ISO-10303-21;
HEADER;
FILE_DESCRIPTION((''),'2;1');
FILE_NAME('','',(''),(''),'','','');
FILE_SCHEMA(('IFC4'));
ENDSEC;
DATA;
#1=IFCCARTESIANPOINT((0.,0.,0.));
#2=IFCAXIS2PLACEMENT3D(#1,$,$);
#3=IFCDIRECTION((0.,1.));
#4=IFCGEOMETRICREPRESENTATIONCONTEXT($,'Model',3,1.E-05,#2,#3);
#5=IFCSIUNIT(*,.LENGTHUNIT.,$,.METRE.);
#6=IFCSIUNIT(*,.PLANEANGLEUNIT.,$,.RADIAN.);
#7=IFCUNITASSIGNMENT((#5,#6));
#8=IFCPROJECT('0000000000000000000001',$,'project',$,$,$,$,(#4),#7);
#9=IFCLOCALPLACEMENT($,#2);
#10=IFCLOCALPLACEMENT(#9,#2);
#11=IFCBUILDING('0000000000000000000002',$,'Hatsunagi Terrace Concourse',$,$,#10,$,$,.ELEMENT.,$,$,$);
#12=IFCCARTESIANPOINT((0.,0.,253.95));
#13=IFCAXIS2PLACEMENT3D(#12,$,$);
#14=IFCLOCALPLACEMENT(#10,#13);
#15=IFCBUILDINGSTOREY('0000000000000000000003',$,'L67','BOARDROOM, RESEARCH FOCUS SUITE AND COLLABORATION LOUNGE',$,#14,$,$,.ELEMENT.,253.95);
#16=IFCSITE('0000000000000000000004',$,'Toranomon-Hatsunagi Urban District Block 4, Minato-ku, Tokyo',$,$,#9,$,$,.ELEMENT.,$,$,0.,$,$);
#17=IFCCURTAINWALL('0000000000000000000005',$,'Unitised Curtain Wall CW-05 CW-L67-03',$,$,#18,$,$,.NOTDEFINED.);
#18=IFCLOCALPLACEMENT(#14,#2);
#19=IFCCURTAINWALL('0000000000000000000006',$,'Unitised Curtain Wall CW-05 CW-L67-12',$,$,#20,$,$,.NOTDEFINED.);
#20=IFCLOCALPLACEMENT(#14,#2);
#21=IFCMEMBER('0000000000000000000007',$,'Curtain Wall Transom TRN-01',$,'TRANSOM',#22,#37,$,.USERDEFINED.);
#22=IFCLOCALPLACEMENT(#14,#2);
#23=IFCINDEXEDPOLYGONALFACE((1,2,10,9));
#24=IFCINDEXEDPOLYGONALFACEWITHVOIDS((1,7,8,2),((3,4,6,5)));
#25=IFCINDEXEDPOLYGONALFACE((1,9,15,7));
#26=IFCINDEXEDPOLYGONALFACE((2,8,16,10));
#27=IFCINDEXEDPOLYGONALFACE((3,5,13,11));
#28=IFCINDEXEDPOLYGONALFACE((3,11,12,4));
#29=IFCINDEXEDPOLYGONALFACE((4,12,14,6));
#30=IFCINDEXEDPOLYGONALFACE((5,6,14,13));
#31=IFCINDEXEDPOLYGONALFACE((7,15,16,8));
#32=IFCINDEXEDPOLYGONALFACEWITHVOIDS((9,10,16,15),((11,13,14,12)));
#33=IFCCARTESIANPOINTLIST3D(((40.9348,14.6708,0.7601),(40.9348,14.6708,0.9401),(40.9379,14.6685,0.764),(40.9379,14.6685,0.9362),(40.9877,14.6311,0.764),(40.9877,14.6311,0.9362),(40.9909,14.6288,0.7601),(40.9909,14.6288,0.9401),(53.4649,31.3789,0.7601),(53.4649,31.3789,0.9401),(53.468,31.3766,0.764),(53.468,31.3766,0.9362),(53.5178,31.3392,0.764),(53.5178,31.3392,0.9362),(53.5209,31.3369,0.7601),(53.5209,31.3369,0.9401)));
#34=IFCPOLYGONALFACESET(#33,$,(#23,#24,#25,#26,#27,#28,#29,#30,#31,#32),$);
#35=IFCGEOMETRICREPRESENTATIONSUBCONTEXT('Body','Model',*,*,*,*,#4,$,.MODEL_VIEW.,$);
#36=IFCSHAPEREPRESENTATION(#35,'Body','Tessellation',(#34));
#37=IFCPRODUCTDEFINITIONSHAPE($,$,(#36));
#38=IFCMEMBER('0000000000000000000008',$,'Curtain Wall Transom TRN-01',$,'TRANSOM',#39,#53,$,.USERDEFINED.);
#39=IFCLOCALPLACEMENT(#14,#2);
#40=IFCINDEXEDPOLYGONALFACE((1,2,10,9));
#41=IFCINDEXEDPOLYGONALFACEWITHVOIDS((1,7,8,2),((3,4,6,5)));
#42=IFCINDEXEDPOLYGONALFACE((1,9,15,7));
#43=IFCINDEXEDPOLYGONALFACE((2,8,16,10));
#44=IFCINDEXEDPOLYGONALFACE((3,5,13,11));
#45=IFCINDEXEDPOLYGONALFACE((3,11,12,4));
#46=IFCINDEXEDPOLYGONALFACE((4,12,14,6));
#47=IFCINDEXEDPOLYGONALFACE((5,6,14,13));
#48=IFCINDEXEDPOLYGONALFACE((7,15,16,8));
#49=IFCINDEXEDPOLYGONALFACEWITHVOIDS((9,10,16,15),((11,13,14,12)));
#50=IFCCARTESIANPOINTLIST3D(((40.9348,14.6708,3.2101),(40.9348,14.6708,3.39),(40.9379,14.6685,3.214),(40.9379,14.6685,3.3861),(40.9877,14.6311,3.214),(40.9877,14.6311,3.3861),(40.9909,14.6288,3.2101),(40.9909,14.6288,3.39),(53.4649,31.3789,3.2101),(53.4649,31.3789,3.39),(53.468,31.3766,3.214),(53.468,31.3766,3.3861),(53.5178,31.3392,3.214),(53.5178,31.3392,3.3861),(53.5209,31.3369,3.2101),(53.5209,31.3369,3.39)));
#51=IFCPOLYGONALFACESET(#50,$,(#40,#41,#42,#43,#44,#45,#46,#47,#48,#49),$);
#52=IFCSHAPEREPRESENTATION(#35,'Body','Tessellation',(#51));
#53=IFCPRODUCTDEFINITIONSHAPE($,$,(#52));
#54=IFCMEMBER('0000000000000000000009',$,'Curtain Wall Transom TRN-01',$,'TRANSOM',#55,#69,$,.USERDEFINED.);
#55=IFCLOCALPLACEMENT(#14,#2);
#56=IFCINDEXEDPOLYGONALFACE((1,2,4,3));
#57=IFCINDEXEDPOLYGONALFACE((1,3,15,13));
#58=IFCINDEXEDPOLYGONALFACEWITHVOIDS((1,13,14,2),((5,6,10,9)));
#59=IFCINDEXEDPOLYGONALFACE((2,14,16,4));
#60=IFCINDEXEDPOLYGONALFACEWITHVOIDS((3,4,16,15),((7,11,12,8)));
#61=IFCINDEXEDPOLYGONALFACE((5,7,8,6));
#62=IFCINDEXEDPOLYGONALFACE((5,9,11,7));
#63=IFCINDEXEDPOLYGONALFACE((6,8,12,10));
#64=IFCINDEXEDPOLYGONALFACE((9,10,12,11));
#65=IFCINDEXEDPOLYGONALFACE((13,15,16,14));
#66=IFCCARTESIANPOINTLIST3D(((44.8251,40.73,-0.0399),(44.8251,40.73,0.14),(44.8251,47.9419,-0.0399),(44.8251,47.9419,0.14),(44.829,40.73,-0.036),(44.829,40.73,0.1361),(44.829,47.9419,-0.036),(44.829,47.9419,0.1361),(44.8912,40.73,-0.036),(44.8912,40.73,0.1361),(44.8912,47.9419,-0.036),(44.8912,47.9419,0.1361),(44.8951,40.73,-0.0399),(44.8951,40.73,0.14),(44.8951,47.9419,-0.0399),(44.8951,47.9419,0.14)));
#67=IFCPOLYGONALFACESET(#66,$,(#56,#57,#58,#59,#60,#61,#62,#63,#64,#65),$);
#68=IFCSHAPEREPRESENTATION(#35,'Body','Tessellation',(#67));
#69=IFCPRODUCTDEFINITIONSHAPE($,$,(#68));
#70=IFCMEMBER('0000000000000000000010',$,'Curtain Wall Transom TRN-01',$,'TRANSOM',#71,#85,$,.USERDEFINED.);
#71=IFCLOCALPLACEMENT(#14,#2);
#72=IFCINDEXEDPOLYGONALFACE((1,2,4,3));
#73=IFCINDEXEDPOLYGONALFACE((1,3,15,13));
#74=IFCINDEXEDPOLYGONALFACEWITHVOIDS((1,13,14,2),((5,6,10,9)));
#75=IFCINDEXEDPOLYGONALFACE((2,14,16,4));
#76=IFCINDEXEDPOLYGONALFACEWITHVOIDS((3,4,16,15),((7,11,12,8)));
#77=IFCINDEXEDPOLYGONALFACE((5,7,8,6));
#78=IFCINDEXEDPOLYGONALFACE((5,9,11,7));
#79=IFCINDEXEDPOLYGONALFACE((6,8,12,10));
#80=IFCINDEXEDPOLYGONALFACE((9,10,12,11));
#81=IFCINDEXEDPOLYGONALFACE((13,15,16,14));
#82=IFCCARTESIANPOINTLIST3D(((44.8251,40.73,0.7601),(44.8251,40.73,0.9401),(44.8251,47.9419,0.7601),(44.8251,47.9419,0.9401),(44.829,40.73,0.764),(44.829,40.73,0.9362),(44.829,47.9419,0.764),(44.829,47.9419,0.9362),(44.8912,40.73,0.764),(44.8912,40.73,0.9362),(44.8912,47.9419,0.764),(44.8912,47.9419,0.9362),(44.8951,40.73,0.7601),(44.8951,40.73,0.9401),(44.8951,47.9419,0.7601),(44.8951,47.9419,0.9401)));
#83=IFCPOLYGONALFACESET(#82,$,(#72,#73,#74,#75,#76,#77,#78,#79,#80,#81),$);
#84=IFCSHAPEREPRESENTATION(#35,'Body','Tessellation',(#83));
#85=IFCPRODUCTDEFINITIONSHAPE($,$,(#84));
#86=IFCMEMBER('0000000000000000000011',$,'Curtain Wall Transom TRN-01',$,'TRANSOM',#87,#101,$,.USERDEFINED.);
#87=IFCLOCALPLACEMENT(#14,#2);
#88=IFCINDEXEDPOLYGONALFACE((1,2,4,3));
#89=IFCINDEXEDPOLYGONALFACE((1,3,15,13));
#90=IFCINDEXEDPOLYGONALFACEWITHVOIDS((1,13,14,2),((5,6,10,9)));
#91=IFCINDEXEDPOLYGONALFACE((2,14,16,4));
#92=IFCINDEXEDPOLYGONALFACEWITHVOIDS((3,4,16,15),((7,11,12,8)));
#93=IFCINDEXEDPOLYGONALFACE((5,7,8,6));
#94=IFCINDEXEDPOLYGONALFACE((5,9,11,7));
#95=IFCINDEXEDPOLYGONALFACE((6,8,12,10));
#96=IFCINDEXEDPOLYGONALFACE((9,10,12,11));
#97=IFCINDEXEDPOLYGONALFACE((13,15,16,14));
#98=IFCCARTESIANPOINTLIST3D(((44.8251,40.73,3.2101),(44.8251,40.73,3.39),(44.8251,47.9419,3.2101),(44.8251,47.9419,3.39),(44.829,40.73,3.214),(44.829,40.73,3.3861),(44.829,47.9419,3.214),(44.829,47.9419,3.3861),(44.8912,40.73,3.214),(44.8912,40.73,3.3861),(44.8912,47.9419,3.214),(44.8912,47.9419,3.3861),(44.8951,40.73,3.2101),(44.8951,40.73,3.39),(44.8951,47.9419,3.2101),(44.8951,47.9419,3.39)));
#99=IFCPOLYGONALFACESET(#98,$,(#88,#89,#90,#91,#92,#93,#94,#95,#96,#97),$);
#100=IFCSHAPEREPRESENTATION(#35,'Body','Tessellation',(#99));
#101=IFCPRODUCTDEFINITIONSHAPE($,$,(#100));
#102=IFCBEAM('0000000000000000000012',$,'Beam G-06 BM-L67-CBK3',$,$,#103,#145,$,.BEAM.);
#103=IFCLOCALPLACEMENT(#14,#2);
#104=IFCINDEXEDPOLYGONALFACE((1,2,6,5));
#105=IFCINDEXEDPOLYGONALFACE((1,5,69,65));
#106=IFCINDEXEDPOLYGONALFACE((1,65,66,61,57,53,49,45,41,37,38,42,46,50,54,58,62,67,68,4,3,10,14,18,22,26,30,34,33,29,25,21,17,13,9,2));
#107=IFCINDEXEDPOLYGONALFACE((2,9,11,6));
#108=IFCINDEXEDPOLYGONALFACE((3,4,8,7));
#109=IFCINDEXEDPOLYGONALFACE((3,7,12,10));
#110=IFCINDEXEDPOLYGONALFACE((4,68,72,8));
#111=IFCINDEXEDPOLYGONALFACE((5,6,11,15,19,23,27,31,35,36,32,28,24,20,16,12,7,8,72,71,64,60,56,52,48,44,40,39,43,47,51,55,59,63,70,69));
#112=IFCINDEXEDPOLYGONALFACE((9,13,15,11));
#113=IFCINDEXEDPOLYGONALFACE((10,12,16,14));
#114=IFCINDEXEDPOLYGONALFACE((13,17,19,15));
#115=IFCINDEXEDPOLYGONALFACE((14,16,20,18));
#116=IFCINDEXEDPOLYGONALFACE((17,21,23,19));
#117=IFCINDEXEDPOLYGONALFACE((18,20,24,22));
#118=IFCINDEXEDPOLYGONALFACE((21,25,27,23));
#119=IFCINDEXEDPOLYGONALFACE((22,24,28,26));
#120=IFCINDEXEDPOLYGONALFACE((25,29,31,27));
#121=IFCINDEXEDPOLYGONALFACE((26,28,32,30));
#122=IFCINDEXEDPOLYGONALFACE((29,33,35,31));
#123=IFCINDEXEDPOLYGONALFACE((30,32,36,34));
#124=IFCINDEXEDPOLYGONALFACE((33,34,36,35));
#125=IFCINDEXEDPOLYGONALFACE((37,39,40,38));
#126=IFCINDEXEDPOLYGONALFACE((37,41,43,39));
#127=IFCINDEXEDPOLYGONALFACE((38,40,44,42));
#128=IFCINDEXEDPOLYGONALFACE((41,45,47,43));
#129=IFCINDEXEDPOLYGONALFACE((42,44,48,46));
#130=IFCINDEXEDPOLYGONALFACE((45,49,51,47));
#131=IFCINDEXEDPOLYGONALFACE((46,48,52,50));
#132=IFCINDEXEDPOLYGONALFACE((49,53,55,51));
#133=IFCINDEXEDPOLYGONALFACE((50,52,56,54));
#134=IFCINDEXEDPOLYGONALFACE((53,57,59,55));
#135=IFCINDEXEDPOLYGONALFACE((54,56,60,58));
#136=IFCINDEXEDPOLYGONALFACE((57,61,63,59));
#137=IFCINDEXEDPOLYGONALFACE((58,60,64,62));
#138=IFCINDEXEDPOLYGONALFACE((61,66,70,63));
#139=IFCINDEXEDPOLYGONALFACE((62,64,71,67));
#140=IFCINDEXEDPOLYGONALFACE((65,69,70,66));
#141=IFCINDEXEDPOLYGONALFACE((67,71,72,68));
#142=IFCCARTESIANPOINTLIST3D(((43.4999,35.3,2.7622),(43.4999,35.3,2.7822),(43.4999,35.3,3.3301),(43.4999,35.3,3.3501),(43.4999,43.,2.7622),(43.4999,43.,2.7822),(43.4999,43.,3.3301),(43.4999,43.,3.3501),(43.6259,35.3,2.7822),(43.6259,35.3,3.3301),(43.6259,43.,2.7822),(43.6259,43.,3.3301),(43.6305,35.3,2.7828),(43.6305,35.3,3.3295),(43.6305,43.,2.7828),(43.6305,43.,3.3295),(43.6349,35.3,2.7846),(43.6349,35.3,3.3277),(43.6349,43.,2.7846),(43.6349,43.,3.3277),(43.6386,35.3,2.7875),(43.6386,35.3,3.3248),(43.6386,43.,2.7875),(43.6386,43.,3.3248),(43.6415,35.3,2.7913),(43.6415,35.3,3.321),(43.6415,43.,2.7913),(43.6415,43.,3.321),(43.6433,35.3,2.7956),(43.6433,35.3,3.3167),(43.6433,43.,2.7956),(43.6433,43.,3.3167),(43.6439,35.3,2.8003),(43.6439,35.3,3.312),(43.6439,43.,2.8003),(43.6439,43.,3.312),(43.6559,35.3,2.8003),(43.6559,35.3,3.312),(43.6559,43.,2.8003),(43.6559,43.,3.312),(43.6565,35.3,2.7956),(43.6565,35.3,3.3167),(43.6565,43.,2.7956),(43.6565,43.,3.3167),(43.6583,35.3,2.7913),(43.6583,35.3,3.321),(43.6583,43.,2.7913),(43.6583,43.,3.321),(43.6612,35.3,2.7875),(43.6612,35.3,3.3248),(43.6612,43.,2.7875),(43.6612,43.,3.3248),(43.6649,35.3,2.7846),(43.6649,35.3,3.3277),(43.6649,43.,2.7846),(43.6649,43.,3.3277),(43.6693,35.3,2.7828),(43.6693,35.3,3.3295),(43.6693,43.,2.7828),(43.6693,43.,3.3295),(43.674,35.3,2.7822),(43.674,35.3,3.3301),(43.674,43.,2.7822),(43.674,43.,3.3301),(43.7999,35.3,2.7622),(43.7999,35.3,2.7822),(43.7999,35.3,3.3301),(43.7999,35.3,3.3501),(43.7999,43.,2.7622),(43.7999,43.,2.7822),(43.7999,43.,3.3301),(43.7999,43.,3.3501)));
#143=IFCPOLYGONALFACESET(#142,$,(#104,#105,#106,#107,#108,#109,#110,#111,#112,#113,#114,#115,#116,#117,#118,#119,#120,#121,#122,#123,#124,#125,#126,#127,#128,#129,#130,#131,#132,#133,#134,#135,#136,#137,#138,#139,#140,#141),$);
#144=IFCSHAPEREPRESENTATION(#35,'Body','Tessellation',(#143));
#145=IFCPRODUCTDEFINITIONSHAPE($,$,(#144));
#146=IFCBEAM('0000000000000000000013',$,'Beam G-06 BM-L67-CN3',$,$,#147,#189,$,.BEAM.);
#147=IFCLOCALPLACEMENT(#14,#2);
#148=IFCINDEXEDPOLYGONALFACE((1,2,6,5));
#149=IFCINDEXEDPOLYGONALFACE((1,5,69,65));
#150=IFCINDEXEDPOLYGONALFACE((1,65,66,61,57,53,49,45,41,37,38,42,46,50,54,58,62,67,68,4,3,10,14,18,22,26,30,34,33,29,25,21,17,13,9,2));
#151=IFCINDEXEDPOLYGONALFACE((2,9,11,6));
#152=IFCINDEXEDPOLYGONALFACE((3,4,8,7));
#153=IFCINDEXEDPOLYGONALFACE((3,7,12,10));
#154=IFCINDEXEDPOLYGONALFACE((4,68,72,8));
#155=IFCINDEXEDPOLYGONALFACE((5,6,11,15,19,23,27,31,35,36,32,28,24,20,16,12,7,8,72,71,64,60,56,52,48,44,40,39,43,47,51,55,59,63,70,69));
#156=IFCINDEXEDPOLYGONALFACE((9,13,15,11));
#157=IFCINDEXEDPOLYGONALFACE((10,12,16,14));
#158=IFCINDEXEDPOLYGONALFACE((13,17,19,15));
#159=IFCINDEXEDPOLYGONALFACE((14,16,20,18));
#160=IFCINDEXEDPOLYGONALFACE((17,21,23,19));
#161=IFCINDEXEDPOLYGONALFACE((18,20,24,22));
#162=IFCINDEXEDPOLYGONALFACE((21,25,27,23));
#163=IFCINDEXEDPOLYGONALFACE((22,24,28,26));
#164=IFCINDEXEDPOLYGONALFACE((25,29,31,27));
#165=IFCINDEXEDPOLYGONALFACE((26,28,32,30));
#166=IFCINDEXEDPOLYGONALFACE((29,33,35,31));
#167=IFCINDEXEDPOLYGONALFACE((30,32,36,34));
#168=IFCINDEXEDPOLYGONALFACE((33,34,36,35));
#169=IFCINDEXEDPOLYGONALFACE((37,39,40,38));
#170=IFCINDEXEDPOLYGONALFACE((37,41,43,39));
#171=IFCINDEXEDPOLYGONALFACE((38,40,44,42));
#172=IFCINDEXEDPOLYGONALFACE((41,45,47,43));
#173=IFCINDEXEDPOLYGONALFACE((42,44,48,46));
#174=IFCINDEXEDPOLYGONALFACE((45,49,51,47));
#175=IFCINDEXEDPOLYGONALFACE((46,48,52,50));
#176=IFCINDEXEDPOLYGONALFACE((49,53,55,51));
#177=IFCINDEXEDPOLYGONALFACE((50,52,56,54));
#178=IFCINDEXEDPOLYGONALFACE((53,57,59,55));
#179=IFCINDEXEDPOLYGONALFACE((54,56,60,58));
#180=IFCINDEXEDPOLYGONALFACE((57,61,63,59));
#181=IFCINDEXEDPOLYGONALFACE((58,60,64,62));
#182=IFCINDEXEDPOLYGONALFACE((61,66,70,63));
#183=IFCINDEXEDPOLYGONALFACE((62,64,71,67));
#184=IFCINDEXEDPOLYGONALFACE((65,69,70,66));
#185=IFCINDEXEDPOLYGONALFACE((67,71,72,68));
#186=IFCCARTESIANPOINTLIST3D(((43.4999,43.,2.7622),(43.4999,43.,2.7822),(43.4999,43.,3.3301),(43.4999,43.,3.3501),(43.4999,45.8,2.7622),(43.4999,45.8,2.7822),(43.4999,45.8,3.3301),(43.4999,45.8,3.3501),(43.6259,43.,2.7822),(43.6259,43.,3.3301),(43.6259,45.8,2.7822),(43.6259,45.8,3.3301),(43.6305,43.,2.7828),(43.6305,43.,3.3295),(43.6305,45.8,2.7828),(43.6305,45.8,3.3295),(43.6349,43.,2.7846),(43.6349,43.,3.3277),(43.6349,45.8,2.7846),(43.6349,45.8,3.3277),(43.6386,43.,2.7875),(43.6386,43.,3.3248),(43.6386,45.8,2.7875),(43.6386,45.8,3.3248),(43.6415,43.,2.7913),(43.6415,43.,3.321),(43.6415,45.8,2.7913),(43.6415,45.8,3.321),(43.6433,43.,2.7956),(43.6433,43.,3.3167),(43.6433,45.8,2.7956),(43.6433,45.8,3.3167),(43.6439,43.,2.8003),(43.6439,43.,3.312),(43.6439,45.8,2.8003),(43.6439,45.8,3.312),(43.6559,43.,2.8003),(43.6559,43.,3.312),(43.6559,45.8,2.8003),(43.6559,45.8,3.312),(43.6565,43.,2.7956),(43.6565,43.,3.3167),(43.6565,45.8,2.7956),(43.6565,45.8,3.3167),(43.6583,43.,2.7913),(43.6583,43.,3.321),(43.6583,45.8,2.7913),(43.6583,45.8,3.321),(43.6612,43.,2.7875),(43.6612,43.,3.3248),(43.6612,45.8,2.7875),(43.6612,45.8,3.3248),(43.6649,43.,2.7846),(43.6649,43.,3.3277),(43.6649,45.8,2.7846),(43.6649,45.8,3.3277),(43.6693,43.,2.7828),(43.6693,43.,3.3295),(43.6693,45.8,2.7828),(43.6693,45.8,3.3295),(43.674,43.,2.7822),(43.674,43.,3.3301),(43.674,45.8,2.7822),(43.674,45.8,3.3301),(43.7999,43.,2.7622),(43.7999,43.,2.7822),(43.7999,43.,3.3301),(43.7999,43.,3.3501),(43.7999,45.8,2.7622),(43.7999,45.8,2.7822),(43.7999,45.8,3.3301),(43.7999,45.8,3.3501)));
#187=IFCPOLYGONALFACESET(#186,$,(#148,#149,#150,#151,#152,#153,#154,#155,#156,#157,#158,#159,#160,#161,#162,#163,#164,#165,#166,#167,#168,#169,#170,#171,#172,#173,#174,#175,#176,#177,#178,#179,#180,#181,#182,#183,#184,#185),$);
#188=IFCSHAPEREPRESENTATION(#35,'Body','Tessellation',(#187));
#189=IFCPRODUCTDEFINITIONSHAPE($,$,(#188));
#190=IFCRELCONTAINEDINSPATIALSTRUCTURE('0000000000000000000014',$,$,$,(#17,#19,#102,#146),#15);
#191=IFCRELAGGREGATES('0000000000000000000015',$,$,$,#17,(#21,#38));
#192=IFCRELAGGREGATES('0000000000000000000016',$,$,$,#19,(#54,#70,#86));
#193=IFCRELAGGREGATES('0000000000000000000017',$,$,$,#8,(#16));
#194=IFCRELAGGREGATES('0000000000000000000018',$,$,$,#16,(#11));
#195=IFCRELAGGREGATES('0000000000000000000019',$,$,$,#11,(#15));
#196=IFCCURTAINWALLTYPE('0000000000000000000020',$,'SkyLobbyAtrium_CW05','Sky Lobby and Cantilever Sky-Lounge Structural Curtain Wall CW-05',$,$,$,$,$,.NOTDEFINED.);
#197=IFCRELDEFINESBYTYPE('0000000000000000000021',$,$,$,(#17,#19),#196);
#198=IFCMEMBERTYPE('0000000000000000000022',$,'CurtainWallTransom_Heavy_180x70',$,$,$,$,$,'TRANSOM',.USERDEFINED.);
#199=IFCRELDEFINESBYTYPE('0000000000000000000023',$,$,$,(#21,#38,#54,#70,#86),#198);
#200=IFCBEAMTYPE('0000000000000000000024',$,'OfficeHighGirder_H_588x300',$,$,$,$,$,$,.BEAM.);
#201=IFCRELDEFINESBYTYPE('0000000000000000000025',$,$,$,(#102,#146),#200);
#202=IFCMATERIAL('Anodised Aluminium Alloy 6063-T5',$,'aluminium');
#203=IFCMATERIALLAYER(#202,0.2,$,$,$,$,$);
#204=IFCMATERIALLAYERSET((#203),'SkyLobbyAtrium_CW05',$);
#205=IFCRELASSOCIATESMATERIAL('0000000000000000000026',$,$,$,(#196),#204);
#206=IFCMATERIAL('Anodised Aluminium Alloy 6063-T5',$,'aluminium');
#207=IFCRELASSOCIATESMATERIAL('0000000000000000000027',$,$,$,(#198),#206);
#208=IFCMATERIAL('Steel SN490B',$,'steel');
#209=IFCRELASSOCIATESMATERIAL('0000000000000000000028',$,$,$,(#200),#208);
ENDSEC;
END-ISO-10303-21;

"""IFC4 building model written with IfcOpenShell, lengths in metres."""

from ifc_helpers import new_model, si_unit, direction, frame, origin, origin_2d, place, context, subcontext, project, spatial, hollow_rectangle, i_section, extrude, material, layer, layer_set, material_profile, profile_set, type_object, element, aggregate, save


model = new_model("IFC4")

# Units and contexts
model_context = context("Model", 3, precision=1e-05, world=origin(), true_north=direction((0.0, 1.0)))
body_context = subcontext(model_context, "Body", "Model", "MODEL_VIEW")
ifc_project = project(units=[si_unit("LENGTHUNIT", "METRE"), si_unit("PLANEANGLEUNIT", "RADIAN")], contexts=[model_context])

# Site, building, storey
site_placement = place(None, origin())
site = spatial("IfcSite", under=ifc_project, at=site_placement, Name="Toranomon-Hatsunagi Urban District Block 4, Minato-ku, Tokyo", CompositionType="ELEMENT", RefElevation=0.0)
building_placement = place(site_placement, origin())
building = spatial("IfcBuilding", under=site, at=building_placement, Name="Hatsunagi Terrace Concourse", CompositionType="ELEMENT")
storey_placement = place(building_placement, frame((0.0, 0.0, 253.95)))
storey = spatial("IfcBuildingStorey", under=building, at=storey_placement, Name="L67", Description="BOARDROOM, RESEARCH FOCUS SUITE AND COLLABORATION LOUNGE", CompositionType="ELEMENT", Elevation=253.95)

# Curtain wall
ifc_material_1 = material(Name="Anodised Aluminium Alloy 6063-T5", Category="aluminium")
ifc_layer_1 = layer(ifc_material_1, 0.2)
ifc_layer_set_1 = layer_set([ifc_layer_1], Name="SkyLobbyAtrium_CW05")
curtain_wall_type = type_object("IfcCurtainWallType", Name="SkyLobbyAtrium_CW05", Description="Sky Lobby and Cantilever Sky-Lounge Structural Curtain Wall CW-05", PredefinedType="NOTDEFINED", material=ifc_layer_set_1)
curtain_wall_1_placement = place(storey_placement, origin())
curtain_wall_1 = element("IfcCurtainWall", 1, at=curtain_wall_1_placement, inside=storey, type_object=curtain_wall_type, Name="Unitised Curtain Wall CW-05 CW-L67-03", PredefinedType="NOTDEFINED")

# Curtain wall
curtain_wall_2_placement = place(storey_placement, origin())
curtain_wall_2 = element("IfcCurtainWall", 2, at=curtain_wall_2_placement, inside=storey, type_object=curtain_wall_type, Name="Unitised Curtain Wall CW-05 CW-L67-12", PredefinedType="NOTDEFINED")

# Members
ifc_material_2 = material(Name="Anodised Aluminium Alloy 6063-T5", Category="aluminium")
ifc_material_profile_1 = material_profile(ifc_material_2, hollow_rectangle(XDim=0.0701, YDim=0.1799, WallThickness=0.0039, at=origin_2d()), Name="ALU-TRN-180x70x4")
ifc_profile_set_1 = profile_set([ifc_material_profile_1], Name="Anodised Aluminium Alloy 6063-T5")
member_type_1 = type_object("IfcMemberType", Name="CurtainWallTransom_Heavy_180x70", ElementType="TRANSOM", PredefinedType="USERDEFINED", material=ifc_profile_set_1)
member_1_placement = place(storey_placement, frame((53.4929, 31.3579, 0.8501), z_axis=(-0.59997, -0.800022, 0.0), x_axis=(0.800022, -0.59997, 0.0)))
member_1 = element("IfcMember", 3, at=member_1_placement, type_object=member_type_1, Name="Curtain Wall Transom TRN-01", ObjectType="TRANSOM", PredefinedType="USERDEFINED", context=body_context, shape_type="SweptSolid", body=[
    extrude(hollow_rectangle(XDim=0.0701, YDim=0.1799, WallThickness=0.0039, at=origin_2d()), origin(), (0.0, 0.0, 1.0), 20.8845),
])
member_2_placement = place(storey_placement, frame((53.4929, 31.3579, 3.3), z_axis=(-0.59997, -0.800022, 0.0), x_axis=(0.800022, -0.59997, 0.0)))
member_2 = element("IfcMember", 4, at=member_2_placement, type_object=member_type_1, Name="Curtain Wall Transom TRN-01", ObjectType="TRANSOM", PredefinedType="USERDEFINED", context=body_context, shape_type="SweptSolid", body=[
    extrude(hollow_rectangle(XDim=0.0701, YDim=0.1799, WallThickness=0.0039, at=origin_2d()), origin(), (0.0, 0.0, 1.0), 20.8845),
])
member_3_placement = place(storey_placement, frame((44.8601, 47.9419, 0.05), z_axis=(0.0, -1.0, 0.0), x_axis=(1.0, 0.0, 0.0)))
member_3 = element("IfcMember", 5, at=member_3_placement, type_object=member_type_1, Name="Curtain Wall Transom TRN-01", ObjectType="TRANSOM", PredefinedType="USERDEFINED", context=body_context, shape_type="SweptSolid", body=[
    extrude(hollow_rectangle(XDim=0.0701, YDim=0.1799, WallThickness=0.0039, at=origin_2d()), origin(), (0.0, 0.0, 1.0), 7.2119),
])
member_4_placement = place(storey_placement, frame((44.8601, 47.9419, 0.8501), z_axis=(0.0, -1.0, 0.0), x_axis=(1.0, 0.0, 0.0)))
member_4 = element("IfcMember", 6, at=member_4_placement, type_object=member_type_1, Name="Curtain Wall Transom TRN-01", ObjectType="TRANSOM", PredefinedType="USERDEFINED", context=body_context, shape_type="SweptSolid", body=[
    extrude(hollow_rectangle(XDim=0.0701, YDim=0.1799, WallThickness=0.0039, at=origin_2d()), origin(), (0.0, 0.0, 1.0), 7.2119),
])
member_5_placement = place(storey_placement, frame((44.8601, 47.9419, 3.3), z_axis=(0.0, -1.0, 0.0), x_axis=(1.0, 0.0, 0.0)))
member_5 = element("IfcMember", 7, at=member_5_placement, type_object=member_type_1, Name="Curtain Wall Transom TRN-01", ObjectType="TRANSOM", PredefinedType="USERDEFINED", context=body_context, shape_type="SweptSolid", body=[
    extrude(hollow_rectangle(XDim=0.0701, YDim=0.1799, WallThickness=0.0039, at=origin_2d()), origin(), (0.0, 0.0, 1.0), 7.2119),
])

# Beams
ifc_material_3 = material(Name="Steel SN490B", Category="steel")
ifc_material_profile_2 = material_profile(ifc_material_3, i_section(OverallWidth=0.3, OverallDepth=0.5879, WebThickness=0.012, FlangeThickness=0.02, FilletRadius=0.0181, at=origin_2d()), Name="H-588x300x12x20")
ifc_profile_set_2 = profile_set([ifc_material_profile_2], Name="Steel SN490B")
beam_type_1 = type_object("IfcBeamType", Name="OfficeHighGirder_H_588x300", PredefinedType="BEAM", material=ifc_profile_set_2)
beam_1_placement = place(storey_placement, frame((43.6499, 35.3, 3.0562), z_axis=(0.0, 1.0, 0.0), x_axis=(-1.0, 0.0, 0.0)))
element("IfcBeam", 8, at=beam_1_placement, inside=storey, type_object=beam_type_1, Name="Beam G-06 BM-L67-CBK3", PredefinedType="BEAM", context=body_context, shape_type="SweptSolid", body=[
    extrude(i_section(OverallWidth=0.3, OverallDepth=0.5879, WebThickness=0.012, FlangeThickness=0.02, FilletRadius=0.0181, at=origin_2d()), origin(), (0.0, 0.0, 1.0), 7.7),
])
for number, where, z_axis, x_axis, name in (
    (9, (43.6499, 43.0, 3.0562), (0.0, 1.0, 0.0), (-1.0, 0.0, 0.0), "Beam G-06 BM-L67-CN3"),
):
    element("IfcBeam", number, at=place(storey_placement, frame(where, z_axis=z_axis, x_axis=x_axis)), inside=storey, type_object=beam_type_1, Name=name, PredefinedType="BEAM", context=body_context, shape_type="SweptSolid", body=[
        extrude(i_section(OverallWidth=0.3, OverallDepth=0.5879, WebThickness=0.012, FlangeThickness=0.02, FilletRadius=0.0181, at=origin_2d()), origin(), (0.0, 0.0, 1.0), 2.8),
    ])

aggregate(curtain_wall_1, [member_1, member_2])
aggregate(curtain_wall_2, [member_3, member_4, member_5])

save(model, "model.ifc")
